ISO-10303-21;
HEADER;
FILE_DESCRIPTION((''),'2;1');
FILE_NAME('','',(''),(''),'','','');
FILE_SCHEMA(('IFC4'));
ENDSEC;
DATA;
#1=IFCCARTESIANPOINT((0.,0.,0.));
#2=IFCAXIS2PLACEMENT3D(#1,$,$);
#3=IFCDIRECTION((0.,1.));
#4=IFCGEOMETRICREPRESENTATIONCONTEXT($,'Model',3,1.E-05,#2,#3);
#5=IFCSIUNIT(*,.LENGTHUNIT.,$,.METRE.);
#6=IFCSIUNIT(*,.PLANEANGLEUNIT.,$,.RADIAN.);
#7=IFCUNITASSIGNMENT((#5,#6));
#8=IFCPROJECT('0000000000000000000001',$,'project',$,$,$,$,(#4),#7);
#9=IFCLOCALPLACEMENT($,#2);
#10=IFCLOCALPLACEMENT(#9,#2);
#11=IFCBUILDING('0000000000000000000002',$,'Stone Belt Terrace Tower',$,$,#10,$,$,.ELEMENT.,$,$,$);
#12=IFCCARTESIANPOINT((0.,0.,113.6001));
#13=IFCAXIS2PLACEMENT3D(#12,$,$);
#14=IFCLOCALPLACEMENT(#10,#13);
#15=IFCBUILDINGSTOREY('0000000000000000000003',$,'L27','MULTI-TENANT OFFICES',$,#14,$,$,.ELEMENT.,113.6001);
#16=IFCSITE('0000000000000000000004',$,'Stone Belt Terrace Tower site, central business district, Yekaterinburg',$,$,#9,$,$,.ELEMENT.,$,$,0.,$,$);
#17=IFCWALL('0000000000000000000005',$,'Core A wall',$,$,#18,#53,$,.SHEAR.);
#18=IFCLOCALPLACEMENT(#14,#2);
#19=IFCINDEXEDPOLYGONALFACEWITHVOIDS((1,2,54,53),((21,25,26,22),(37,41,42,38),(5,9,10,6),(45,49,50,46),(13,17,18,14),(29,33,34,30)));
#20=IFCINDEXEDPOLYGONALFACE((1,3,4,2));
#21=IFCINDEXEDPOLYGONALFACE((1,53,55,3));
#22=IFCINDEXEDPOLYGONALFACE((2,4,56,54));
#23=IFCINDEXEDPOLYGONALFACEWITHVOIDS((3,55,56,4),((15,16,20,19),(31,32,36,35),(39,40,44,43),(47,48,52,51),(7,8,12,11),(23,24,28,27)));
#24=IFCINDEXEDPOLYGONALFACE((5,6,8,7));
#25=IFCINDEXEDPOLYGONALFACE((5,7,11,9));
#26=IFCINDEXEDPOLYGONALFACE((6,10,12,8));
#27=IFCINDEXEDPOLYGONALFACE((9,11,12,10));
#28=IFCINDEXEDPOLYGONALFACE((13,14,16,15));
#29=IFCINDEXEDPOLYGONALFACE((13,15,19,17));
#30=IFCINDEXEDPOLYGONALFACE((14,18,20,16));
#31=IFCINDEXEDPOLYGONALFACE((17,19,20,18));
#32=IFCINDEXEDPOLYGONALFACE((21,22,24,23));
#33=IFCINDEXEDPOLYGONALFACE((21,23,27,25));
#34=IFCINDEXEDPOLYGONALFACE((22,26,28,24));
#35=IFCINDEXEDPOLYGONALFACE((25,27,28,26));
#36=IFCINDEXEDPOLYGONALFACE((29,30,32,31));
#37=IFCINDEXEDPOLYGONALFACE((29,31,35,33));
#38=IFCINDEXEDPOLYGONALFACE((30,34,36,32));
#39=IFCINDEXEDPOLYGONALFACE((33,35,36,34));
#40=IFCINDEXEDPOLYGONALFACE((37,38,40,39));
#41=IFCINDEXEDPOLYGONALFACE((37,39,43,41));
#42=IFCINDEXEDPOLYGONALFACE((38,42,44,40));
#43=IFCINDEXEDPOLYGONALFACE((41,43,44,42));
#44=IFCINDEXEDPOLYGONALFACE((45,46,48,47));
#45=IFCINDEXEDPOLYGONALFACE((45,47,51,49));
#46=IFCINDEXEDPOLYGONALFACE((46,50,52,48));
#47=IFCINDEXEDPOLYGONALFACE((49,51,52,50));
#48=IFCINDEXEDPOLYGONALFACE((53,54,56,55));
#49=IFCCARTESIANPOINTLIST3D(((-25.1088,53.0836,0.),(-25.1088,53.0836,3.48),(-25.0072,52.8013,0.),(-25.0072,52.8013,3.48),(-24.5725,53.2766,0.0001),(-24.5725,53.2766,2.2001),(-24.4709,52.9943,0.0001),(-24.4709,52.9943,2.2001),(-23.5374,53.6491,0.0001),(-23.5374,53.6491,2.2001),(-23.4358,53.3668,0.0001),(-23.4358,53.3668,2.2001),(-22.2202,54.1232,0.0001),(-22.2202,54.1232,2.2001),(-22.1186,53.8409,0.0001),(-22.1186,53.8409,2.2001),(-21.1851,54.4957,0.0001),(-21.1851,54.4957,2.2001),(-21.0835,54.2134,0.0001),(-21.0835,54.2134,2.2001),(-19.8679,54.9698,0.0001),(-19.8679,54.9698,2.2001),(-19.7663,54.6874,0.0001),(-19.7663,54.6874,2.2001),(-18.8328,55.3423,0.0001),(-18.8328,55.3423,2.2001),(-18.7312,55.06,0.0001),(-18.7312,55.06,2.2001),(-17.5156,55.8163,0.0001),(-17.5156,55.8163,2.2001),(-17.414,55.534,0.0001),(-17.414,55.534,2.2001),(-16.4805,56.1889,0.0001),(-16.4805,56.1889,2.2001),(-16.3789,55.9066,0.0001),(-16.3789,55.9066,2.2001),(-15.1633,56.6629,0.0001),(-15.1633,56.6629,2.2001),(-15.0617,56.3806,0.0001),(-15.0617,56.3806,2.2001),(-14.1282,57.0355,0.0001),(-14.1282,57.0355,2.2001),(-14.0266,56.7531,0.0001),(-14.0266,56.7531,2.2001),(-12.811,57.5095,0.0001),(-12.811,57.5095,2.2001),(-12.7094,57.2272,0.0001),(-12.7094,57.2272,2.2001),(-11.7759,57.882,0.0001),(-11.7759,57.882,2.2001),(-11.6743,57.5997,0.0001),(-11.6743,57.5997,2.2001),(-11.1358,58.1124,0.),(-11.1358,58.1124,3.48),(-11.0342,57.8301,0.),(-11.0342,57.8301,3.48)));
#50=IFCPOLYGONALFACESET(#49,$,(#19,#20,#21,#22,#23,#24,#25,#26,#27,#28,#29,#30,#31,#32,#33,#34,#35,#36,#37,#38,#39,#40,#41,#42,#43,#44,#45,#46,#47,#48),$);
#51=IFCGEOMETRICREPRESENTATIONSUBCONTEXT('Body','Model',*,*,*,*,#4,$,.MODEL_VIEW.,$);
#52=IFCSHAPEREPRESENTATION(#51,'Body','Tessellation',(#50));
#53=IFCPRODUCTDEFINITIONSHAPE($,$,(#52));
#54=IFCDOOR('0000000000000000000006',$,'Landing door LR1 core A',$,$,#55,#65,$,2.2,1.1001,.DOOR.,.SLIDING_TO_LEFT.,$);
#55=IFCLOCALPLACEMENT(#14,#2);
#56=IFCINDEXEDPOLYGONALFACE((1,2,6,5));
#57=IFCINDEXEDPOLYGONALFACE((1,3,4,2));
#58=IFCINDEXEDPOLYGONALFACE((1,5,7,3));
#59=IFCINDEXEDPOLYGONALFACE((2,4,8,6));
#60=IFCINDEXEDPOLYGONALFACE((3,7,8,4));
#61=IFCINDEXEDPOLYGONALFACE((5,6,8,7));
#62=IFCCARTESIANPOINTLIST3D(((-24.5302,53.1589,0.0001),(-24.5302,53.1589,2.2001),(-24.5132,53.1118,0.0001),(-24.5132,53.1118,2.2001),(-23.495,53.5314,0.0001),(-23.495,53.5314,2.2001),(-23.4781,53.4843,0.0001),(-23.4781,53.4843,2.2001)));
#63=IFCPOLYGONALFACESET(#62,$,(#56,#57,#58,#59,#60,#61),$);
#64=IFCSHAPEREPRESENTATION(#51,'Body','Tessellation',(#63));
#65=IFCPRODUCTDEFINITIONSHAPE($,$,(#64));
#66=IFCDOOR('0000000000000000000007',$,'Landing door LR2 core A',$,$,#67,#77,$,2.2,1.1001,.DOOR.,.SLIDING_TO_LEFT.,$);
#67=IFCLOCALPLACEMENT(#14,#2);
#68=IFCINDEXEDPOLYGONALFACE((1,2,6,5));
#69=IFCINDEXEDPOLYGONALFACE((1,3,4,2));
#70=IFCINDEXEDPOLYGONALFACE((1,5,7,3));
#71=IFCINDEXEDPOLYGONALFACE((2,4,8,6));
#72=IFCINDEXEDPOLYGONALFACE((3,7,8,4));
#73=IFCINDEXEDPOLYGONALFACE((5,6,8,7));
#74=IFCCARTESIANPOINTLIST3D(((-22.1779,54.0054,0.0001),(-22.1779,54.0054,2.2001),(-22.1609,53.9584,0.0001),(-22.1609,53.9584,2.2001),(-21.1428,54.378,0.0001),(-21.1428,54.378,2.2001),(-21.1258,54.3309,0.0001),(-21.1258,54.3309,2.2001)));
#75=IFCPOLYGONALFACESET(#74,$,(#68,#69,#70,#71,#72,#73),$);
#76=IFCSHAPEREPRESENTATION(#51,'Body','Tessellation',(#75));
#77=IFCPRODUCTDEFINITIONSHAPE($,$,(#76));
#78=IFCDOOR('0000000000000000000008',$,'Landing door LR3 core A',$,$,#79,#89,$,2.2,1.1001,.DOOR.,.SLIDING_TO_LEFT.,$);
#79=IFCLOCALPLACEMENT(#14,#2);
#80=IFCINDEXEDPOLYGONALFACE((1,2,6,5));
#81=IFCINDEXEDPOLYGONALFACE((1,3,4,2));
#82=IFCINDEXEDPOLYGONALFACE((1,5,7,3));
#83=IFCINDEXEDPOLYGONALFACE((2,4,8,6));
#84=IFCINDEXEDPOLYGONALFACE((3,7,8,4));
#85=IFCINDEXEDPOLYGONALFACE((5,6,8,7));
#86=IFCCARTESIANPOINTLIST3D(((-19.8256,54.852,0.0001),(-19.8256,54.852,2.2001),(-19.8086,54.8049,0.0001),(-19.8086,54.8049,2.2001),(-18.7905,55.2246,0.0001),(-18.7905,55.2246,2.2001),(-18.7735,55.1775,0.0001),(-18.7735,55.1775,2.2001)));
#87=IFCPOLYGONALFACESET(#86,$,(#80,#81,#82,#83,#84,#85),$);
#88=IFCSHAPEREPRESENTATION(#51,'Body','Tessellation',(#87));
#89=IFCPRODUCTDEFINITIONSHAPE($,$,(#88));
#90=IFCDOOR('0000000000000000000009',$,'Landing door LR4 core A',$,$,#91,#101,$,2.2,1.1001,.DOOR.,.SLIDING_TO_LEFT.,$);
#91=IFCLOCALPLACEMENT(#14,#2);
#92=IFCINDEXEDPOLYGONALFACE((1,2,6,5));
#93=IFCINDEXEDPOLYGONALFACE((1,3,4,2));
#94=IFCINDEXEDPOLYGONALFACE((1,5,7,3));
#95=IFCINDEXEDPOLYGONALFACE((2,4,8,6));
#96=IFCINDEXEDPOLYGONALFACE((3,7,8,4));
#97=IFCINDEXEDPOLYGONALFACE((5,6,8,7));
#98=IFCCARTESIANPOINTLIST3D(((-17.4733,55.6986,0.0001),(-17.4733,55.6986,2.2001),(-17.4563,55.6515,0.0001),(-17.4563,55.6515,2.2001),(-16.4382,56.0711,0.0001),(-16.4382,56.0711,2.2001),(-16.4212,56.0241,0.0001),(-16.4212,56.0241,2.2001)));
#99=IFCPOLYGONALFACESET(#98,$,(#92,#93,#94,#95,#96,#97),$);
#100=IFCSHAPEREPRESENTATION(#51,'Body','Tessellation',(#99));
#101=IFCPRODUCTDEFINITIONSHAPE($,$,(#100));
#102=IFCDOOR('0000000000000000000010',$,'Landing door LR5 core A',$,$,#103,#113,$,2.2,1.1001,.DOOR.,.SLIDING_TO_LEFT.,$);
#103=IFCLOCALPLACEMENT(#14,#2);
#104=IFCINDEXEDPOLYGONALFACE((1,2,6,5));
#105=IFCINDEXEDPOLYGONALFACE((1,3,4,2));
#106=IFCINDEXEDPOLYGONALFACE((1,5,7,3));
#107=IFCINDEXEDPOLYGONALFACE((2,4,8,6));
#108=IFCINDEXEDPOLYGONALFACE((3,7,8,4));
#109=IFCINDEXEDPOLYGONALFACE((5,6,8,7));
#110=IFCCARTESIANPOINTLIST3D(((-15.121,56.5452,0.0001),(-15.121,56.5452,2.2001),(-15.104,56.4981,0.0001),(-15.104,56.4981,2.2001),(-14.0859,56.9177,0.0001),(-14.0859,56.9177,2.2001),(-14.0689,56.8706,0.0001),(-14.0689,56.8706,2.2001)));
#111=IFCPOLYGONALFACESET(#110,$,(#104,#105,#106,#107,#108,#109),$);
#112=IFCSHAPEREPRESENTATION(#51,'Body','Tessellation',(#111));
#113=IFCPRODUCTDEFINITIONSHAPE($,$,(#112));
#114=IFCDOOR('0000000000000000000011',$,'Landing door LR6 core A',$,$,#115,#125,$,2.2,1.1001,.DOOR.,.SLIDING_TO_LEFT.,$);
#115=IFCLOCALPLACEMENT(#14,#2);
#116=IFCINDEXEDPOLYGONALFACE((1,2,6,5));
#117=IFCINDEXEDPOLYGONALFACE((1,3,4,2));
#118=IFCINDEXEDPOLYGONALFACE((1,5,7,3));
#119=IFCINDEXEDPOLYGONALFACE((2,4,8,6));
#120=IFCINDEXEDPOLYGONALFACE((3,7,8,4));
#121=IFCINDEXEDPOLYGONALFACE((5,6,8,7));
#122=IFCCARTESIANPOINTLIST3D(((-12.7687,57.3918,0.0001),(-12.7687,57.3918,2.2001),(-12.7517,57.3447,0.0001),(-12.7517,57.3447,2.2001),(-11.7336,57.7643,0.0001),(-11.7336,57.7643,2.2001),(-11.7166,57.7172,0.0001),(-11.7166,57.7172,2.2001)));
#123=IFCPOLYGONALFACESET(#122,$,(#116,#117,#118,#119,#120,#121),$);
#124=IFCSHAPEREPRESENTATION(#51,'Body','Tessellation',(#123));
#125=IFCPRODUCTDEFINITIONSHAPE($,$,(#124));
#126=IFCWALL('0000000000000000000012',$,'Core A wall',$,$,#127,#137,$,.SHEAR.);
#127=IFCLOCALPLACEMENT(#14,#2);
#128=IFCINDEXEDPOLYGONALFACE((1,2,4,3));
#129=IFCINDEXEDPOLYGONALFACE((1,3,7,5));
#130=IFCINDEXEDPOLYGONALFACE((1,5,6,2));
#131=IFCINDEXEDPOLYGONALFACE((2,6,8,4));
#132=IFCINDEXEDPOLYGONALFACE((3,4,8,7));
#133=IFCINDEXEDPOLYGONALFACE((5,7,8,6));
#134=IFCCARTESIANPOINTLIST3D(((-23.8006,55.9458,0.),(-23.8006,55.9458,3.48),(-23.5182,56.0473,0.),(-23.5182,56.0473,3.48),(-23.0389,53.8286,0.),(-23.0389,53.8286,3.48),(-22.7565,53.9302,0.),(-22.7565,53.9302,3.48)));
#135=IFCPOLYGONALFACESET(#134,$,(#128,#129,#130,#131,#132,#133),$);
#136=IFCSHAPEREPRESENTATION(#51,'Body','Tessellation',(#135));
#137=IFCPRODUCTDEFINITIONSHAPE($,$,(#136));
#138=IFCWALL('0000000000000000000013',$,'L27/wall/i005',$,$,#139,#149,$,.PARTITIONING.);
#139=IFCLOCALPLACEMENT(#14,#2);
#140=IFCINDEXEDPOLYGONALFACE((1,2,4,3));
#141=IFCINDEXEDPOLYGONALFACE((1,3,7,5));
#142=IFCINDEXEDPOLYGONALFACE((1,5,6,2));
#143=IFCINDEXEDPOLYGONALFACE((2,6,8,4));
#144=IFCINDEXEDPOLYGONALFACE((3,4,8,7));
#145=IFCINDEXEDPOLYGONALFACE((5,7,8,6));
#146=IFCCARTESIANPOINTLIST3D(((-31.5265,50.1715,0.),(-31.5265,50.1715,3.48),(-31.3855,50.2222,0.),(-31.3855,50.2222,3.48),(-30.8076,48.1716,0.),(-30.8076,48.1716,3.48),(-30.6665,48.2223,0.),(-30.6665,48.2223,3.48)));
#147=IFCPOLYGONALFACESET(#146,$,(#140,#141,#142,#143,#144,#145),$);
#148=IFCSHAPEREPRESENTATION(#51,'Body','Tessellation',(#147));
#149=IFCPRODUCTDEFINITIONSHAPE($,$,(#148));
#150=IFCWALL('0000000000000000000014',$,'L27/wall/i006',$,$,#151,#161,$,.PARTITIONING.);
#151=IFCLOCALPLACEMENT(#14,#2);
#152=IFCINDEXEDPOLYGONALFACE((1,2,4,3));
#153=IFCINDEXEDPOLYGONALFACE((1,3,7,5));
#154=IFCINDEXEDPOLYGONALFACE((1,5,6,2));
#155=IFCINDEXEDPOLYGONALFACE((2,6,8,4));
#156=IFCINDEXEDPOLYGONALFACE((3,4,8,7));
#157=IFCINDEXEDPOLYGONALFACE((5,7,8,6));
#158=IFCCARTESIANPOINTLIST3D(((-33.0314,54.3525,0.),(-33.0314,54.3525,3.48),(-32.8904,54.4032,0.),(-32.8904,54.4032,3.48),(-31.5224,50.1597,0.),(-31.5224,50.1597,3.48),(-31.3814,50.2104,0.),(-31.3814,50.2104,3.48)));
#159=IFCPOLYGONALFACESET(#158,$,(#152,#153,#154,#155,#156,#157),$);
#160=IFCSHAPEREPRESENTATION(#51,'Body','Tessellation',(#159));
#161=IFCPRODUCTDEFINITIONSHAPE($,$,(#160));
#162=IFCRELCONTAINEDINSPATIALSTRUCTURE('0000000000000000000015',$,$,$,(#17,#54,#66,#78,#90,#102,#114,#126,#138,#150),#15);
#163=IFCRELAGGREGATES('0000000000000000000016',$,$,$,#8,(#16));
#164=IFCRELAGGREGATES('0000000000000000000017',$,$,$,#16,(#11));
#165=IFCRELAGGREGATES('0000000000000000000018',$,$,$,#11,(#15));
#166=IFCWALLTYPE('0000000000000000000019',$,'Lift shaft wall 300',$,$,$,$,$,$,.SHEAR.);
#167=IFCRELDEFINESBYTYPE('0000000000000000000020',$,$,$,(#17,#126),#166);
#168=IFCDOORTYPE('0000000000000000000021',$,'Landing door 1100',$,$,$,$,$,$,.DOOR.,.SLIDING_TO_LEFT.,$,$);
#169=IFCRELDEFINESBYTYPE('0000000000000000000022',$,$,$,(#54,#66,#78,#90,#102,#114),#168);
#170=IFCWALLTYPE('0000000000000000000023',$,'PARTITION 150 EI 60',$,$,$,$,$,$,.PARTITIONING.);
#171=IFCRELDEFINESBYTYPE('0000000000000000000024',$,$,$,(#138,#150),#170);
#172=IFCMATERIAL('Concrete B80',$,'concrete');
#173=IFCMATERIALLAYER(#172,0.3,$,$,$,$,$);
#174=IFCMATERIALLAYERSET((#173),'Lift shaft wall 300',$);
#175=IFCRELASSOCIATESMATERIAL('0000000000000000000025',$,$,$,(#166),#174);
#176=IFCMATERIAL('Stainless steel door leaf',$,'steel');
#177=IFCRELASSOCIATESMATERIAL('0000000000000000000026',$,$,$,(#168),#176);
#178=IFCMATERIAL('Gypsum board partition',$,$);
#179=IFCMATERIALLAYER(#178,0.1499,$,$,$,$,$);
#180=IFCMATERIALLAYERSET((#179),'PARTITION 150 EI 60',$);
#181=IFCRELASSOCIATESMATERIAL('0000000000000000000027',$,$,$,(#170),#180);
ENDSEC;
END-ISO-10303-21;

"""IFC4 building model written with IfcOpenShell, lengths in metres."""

from ifc_helpers import new_model, si_unit, direction, frame, frame_2d, origin, place, context, subcontext, project, spatial, rectangle, extrude, material, layer, layer_set, type_object, element, fill, save


model = new_model("IFC4")

# Units and contexts
model_context = context("Model", 3, precision=1e-05, world=origin(), true_north=direction((0.0, 1.0)))
body_context = subcontext(model_context, "Body", "Model", "MODEL_VIEW")
ifc_project = project(units=[si_unit("LENGTHUNIT", "METRE"), si_unit("PLANEANGLEUNIT", "RADIAN")], contexts=[model_context])

# Site, building, storey
site_placement = place(None, origin())
site = spatial("IfcSite", under=ifc_project, at=site_placement, Name="Stone Belt Terrace Tower site, central business district, Yekaterinburg", CompositionType="ELEMENT", RefElevation=0.0)
building_placement = place(site_placement, origin())
building = spatial("IfcBuilding", under=site, at=building_placement, Name="Stone Belt Terrace Tower", CompositionType="ELEMENT")
storey_placement = place(building_placement, frame((0.0, 0.0, 113.6001)))
storey = spatial("IfcBuildingStorey", under=building, at=storey_placement, Name="L27", Description="MULTI-TENANT OFFICES", CompositionType="ELEMENT", Elevation=113.6001)

# Shared definitions
ifc_material_1 = material(Name="Concrete B80", Category="concrete")

# Shared definitions
ifc_layer_1 = layer(ifc_material_1, 0.3)
ifc_layer_set_1 = layer_set([ifc_layer_1], Name="Lift shaft wall 300")
wall_type_1 = type_object("IfcWallType", Name="Lift shaft wall 300", PredefinedType="SHEAR", material=ifc_layer_set_1)
ifc_material_2 = material(Name="Stainless steel door leaf", Category="steel")

# Wall, openings, doors
wall_1_placement = place(storey_placement, frame((-25.0581, 52.9424, 0.0), z_axis=(0.0, 0.0, 1.0), x_axis=(0.940918, 0.338634, 0.0)))
wall_1 = element("IfcWall", 1, at=wall_1_placement, inside=storey, type_object=wall_type_1, Name="Core A wall", PredefinedType="SHEAR", context=body_context, shape_type="SweptSolid", body=[
    extrude(rectangle(XDim=14.8503, YDim=0.3, at=frame_2d((7.4253, 0.0))), origin(), (0.0, 0.0, 1.0), 3.48),
])
opening_1_placement = place(wall_1_placement, frame((0.5701, 0.0, 0.0)))
opening_1 = element("IfcOpeningElement", 2, at=opening_1_placement, cuts=wall_1, PredefinedType="OPENING", context=body_context, shape_type="SweptSolid", body=[
    extrude(rectangle(XDim=1.1001, YDim=2.2, at=frame_2d((0.55, 1.1001))), frame((0.0, 0.1599, 0.0), z_axis=(0.0, -1.0, 0.0), x_axis=(1.0, 0.0, 0.0)), (0.0, 0.0, 1.0), 0.3201),
])
opening_2_placement = place(wall_1_placement, frame((3.0701, 0.0, 0.0)))
opening_2 = element("IfcOpeningElement", 3, at=opening_2_placement, cuts=wall_1, PredefinedType="OPENING", context=body_context, shape_type="SweptSolid", body=[
    extrude(rectangle(XDim=1.1001, YDim=2.2, at=frame_2d((0.55, 1.1001))), frame((0.0, 0.1599, 0.0), z_axis=(0.0, -1.0, 0.0), x_axis=(1.0, 0.0, 0.0)), (0.0, 0.0, 1.0), 0.3201),
])
opening_3_placement = place(wall_1_placement, frame((5.5701, 0.0, 0.0)))
opening_3 = element("IfcOpeningElement", 4, at=opening_3_placement, cuts=wall_1, PredefinedType="OPENING", context=body_context, shape_type="SweptSolid", body=[
    extrude(rectangle(XDim=1.1001, YDim=2.2, at=frame_2d((0.55, 1.1001))), frame((0.0, 0.1599, 0.0), z_axis=(0.0, -1.0, 0.0), x_axis=(1.0, 0.0, 0.0)), (0.0, 0.0, 1.0), 0.3201),
])
opening_4_placement = place(wall_1_placement, frame((8.0701, 0.0, 0.0)))
opening_4 = element("IfcOpeningElement", 5, at=opening_4_placement, cuts=wall_1, PredefinedType="OPENING", context=body_context, shape_type="SweptSolid", body=[
    extrude(rectangle(XDim=1.1001, YDim=2.2, at=frame_2d((0.55, 1.1001))), frame((0.0, 0.1599, 0.0), z_axis=(0.0, -1.0, 0.0), x_axis=(1.0, 0.0, 0.0)), (0.0, 0.0, 1.0), 0.3201),
])
opening_5_placement = place(wall_1_placement, frame((10.5701, 0.0, 0.0)))
opening_5 = element("IfcOpeningElement", 6, at=opening_5_placement, cuts=wall_1, PredefinedType="OPENING", context=body_context, shape_type="SweptSolid", body=[
    extrude(rectangle(XDim=1.1001, YDim=2.2, at=frame_2d((0.55, 1.1001))), frame((0.0, 0.1599, 0.0), z_axis=(0.0, -1.0, 0.0), x_axis=(1.0, 0.0, 0.0)), (0.0, 0.0, 1.0), 0.3201),
])
opening_6_placement = place(wall_1_placement, frame((13.0701, 0.0, 0.0)))
opening_6 = element("IfcOpeningElement", 7, at=opening_6_placement, cuts=wall_1, PredefinedType="OPENING", context=body_context, shape_type="SweptSolid", body=[
    extrude(rectangle(XDim=1.1001, YDim=2.2, at=frame_2d((0.55, 1.1001))), frame((0.0, 0.1599, 0.0), z_axis=(0.0, -1.0, 0.0), x_axis=(1.0, 0.0, 0.0)), (0.0, 0.0, 1.0), 0.3201),
])
door_type_1 = type_object("IfcDoorType", Name="Landing door 1100", OperationType="SLIDING_TO_LEFT", PredefinedType="DOOR", material=ifc_material_2)
door_1_placement = place(opening_1_placement, origin())
door_1 = element("IfcDoor", 8, at=door_1_placement, inside=storey, type_object=door_type_1, Name="Landing door LR1 core A", OperationType="SLIDING_TO_LEFT", OverallHeight=2.2, OverallWidth=1.1001, PredefinedType="DOOR", context=body_context, shape_type="SweptSolid", body=[
    extrude(rectangle(XDim=1.1001, YDim=2.2, at=frame_2d((0.55, 1.1001))), frame((0.0, 0.0249, 0.0), z_axis=(0.0, -1.0, 0.0), x_axis=(1.0, 0.0, 0.0)), (0.0, 0.0, 1.0), 0.05),
])
fill(opening_1, door_1)
door_2_placement = place(opening_2_placement, origin())
door_2 = element("IfcDoor", 9, at=door_2_placement, inside=storey, type_object=door_type_1, Name="Landing door LR2 core A", OperationType="SLIDING_TO_LEFT", OverallHeight=2.2, OverallWidth=1.1001, PredefinedType="DOOR", context=body_context, shape_type="SweptSolid", body=[
    extrude(rectangle(XDim=1.1001, YDim=2.2, at=frame_2d((0.55, 1.1001))), frame((0.0, 0.0249, 0.0), z_axis=(0.0, -1.0, 0.0), x_axis=(1.0, 0.0, 0.0)), (0.0, 0.0, 1.0), 0.05),
])
fill(opening_2, door_2)
door_3_placement = place(opening_3_placement, origin())
door_3 = element("IfcDoor", 10, at=door_3_placement, inside=storey, type_object=door_type_1, Name="Landing door LR3 core A", OperationType="SLIDING_TO_LEFT", OverallHeight=2.2, OverallWidth=1.1001, PredefinedType="DOOR", context=body_context, shape_type="SweptSolid", body=[
    extrude(rectangle(XDim=1.1001, YDim=2.2, at=frame_2d((0.55, 1.1001))), frame((0.0, 0.0249, 0.0), z_axis=(0.0, -1.0, 0.0), x_axis=(1.0, 0.0, 0.0)), (0.0, 0.0, 1.0), 0.05),
])
fill(opening_3, door_3)
door_4_placement = place(opening_4_placement, origin())
door_4 = element("IfcDoor", 11, at=door_4_placement, inside=storey, type_object=door_type_1, Name="Landing door LR4 core A", OperationType="SLIDING_TO_LEFT", OverallHeight=2.2, OverallWidth=1.1001, PredefinedType="DOOR", context=body_context, shape_type="SweptSolid", body=[
    extrude(rectangle(XDim=1.1001, YDim=2.2, at=frame_2d((0.55, 1.1001))), frame((0.0, 0.0249, 0.0), z_axis=(0.0, -1.0, 0.0), x_axis=(1.0, 0.0, 0.0)), (0.0, 0.0, 1.0), 0.05),
])
fill(opening_4, door_4)
door_5_placement = place(opening_5_placement, origin())
door_5 = element("IfcDoor", 12, at=door_5_placement, inside=storey, type_object=door_type_1, Name="Landing door LR5 core A", OperationType="SLIDING_TO_LEFT", OverallHeight=2.2, OverallWidth=1.1001, PredefinedType="DOOR", context=body_context, shape_type="SweptSolid", body=[
    extrude(rectangle(XDim=1.1001, YDim=2.2, at=frame_2d((0.55, 1.1001))), frame((0.0, 0.0249, 0.0), z_axis=(0.0, -1.0, 0.0), x_axis=(1.0, 0.0, 0.0)), (0.0, 0.0, 1.0), 0.05),
])
fill(opening_5, door_5)
door_6_placement = place(opening_6_placement, origin())
door_6 = element("IfcDoor", 13, at=door_6_placement, inside=storey, type_object=door_type_1, Name="Landing door LR6 core A", OperationType="SLIDING_TO_LEFT", OverallHeight=2.2, OverallWidth=1.1001, PredefinedType="DOOR", context=body_context, shape_type="SweptSolid", body=[
    extrude(rectangle(XDim=1.1001, YDim=2.2, at=frame_2d((0.55, 1.1001))), frame((0.0, 0.0249, 0.0), z_axis=(0.0, -1.0, 0.0), x_axis=(1.0, 0.0, 0.0)), (0.0, 0.0, 1.0), 0.05),
])
fill(opening_6, door_6)

# Walls
wall_2_placement = place(storey_placement, frame((-22.8977, 53.8794, 0.0), z_axis=(0.0, 0.0, 1.0), x_axis=(-0.338535, 0.940954, 0.0)))
element("IfcWall", 14, at=wall_2_placement, inside=storey, type_object=wall_type_1, Name="Core A wall", PredefinedType="SHEAR", context=body_context, shape_type="SweptSolid", body=[
    extrude(rectangle(XDim=2.25, YDim=0.3, at=frame_2d((1.125, 0.0))), origin(), (0.0, 0.0, 1.0), 3.48),
])
ifc_material_3 = material(Name="Gypsum board partition")
ifc_layer_2 = layer(ifc_material_3, 0.1499)
ifc_layer_set_2 = layer_set([ifc_layer_2], Name="PARTITION 150 EI 60")
wall_type_2 = type_object("IfcWallType", Name="PARTITION 150 EI 60", PredefinedType="PARTITIONING", material=ifc_layer_set_2)
wall_3_placement = place(storey_placement, frame((-30.7371, 48.197, 0.0), z_axis=(0.0, 0.0, 1.0), x_axis=(-0.3383, 0.941038, 0.0)))
element("IfcWall", 15, at=wall_3_placement, inside=storey, type_object=wall_type_2, Name="L27/wall/i005", PredefinedType="PARTITIONING", context=body_context, shape_type="SweptSolid", body=[
    extrude(rectangle(XDim=2.1252, YDim=0.1499, at=frame_2d((1.0625, 0.0))), origin(), (0.0, 0.0, 1.0), 3.48),
])
wall_4_placement = place(storey_placement, frame((-31.4519, 50.1851, 0.0), z_axis=(0.0, 0.0, 1.0), x_axis=(-0.33864, 0.940916, 0.0)))
element("IfcWall", 16, at=wall_4_placement, inside=storey, type_object=wall_type_2, Name="L27/wall/i006", PredefinedType="PARTITIONING", context=body_context, shape_type="SweptSolid", body=[
    extrude(rectangle(XDim=4.4561, YDim=0.1499, at=frame_2d((2.228, 0.0))), origin(), (0.0, 0.0, 1.0), 3.48),
])

save(model, "model.ifc")
